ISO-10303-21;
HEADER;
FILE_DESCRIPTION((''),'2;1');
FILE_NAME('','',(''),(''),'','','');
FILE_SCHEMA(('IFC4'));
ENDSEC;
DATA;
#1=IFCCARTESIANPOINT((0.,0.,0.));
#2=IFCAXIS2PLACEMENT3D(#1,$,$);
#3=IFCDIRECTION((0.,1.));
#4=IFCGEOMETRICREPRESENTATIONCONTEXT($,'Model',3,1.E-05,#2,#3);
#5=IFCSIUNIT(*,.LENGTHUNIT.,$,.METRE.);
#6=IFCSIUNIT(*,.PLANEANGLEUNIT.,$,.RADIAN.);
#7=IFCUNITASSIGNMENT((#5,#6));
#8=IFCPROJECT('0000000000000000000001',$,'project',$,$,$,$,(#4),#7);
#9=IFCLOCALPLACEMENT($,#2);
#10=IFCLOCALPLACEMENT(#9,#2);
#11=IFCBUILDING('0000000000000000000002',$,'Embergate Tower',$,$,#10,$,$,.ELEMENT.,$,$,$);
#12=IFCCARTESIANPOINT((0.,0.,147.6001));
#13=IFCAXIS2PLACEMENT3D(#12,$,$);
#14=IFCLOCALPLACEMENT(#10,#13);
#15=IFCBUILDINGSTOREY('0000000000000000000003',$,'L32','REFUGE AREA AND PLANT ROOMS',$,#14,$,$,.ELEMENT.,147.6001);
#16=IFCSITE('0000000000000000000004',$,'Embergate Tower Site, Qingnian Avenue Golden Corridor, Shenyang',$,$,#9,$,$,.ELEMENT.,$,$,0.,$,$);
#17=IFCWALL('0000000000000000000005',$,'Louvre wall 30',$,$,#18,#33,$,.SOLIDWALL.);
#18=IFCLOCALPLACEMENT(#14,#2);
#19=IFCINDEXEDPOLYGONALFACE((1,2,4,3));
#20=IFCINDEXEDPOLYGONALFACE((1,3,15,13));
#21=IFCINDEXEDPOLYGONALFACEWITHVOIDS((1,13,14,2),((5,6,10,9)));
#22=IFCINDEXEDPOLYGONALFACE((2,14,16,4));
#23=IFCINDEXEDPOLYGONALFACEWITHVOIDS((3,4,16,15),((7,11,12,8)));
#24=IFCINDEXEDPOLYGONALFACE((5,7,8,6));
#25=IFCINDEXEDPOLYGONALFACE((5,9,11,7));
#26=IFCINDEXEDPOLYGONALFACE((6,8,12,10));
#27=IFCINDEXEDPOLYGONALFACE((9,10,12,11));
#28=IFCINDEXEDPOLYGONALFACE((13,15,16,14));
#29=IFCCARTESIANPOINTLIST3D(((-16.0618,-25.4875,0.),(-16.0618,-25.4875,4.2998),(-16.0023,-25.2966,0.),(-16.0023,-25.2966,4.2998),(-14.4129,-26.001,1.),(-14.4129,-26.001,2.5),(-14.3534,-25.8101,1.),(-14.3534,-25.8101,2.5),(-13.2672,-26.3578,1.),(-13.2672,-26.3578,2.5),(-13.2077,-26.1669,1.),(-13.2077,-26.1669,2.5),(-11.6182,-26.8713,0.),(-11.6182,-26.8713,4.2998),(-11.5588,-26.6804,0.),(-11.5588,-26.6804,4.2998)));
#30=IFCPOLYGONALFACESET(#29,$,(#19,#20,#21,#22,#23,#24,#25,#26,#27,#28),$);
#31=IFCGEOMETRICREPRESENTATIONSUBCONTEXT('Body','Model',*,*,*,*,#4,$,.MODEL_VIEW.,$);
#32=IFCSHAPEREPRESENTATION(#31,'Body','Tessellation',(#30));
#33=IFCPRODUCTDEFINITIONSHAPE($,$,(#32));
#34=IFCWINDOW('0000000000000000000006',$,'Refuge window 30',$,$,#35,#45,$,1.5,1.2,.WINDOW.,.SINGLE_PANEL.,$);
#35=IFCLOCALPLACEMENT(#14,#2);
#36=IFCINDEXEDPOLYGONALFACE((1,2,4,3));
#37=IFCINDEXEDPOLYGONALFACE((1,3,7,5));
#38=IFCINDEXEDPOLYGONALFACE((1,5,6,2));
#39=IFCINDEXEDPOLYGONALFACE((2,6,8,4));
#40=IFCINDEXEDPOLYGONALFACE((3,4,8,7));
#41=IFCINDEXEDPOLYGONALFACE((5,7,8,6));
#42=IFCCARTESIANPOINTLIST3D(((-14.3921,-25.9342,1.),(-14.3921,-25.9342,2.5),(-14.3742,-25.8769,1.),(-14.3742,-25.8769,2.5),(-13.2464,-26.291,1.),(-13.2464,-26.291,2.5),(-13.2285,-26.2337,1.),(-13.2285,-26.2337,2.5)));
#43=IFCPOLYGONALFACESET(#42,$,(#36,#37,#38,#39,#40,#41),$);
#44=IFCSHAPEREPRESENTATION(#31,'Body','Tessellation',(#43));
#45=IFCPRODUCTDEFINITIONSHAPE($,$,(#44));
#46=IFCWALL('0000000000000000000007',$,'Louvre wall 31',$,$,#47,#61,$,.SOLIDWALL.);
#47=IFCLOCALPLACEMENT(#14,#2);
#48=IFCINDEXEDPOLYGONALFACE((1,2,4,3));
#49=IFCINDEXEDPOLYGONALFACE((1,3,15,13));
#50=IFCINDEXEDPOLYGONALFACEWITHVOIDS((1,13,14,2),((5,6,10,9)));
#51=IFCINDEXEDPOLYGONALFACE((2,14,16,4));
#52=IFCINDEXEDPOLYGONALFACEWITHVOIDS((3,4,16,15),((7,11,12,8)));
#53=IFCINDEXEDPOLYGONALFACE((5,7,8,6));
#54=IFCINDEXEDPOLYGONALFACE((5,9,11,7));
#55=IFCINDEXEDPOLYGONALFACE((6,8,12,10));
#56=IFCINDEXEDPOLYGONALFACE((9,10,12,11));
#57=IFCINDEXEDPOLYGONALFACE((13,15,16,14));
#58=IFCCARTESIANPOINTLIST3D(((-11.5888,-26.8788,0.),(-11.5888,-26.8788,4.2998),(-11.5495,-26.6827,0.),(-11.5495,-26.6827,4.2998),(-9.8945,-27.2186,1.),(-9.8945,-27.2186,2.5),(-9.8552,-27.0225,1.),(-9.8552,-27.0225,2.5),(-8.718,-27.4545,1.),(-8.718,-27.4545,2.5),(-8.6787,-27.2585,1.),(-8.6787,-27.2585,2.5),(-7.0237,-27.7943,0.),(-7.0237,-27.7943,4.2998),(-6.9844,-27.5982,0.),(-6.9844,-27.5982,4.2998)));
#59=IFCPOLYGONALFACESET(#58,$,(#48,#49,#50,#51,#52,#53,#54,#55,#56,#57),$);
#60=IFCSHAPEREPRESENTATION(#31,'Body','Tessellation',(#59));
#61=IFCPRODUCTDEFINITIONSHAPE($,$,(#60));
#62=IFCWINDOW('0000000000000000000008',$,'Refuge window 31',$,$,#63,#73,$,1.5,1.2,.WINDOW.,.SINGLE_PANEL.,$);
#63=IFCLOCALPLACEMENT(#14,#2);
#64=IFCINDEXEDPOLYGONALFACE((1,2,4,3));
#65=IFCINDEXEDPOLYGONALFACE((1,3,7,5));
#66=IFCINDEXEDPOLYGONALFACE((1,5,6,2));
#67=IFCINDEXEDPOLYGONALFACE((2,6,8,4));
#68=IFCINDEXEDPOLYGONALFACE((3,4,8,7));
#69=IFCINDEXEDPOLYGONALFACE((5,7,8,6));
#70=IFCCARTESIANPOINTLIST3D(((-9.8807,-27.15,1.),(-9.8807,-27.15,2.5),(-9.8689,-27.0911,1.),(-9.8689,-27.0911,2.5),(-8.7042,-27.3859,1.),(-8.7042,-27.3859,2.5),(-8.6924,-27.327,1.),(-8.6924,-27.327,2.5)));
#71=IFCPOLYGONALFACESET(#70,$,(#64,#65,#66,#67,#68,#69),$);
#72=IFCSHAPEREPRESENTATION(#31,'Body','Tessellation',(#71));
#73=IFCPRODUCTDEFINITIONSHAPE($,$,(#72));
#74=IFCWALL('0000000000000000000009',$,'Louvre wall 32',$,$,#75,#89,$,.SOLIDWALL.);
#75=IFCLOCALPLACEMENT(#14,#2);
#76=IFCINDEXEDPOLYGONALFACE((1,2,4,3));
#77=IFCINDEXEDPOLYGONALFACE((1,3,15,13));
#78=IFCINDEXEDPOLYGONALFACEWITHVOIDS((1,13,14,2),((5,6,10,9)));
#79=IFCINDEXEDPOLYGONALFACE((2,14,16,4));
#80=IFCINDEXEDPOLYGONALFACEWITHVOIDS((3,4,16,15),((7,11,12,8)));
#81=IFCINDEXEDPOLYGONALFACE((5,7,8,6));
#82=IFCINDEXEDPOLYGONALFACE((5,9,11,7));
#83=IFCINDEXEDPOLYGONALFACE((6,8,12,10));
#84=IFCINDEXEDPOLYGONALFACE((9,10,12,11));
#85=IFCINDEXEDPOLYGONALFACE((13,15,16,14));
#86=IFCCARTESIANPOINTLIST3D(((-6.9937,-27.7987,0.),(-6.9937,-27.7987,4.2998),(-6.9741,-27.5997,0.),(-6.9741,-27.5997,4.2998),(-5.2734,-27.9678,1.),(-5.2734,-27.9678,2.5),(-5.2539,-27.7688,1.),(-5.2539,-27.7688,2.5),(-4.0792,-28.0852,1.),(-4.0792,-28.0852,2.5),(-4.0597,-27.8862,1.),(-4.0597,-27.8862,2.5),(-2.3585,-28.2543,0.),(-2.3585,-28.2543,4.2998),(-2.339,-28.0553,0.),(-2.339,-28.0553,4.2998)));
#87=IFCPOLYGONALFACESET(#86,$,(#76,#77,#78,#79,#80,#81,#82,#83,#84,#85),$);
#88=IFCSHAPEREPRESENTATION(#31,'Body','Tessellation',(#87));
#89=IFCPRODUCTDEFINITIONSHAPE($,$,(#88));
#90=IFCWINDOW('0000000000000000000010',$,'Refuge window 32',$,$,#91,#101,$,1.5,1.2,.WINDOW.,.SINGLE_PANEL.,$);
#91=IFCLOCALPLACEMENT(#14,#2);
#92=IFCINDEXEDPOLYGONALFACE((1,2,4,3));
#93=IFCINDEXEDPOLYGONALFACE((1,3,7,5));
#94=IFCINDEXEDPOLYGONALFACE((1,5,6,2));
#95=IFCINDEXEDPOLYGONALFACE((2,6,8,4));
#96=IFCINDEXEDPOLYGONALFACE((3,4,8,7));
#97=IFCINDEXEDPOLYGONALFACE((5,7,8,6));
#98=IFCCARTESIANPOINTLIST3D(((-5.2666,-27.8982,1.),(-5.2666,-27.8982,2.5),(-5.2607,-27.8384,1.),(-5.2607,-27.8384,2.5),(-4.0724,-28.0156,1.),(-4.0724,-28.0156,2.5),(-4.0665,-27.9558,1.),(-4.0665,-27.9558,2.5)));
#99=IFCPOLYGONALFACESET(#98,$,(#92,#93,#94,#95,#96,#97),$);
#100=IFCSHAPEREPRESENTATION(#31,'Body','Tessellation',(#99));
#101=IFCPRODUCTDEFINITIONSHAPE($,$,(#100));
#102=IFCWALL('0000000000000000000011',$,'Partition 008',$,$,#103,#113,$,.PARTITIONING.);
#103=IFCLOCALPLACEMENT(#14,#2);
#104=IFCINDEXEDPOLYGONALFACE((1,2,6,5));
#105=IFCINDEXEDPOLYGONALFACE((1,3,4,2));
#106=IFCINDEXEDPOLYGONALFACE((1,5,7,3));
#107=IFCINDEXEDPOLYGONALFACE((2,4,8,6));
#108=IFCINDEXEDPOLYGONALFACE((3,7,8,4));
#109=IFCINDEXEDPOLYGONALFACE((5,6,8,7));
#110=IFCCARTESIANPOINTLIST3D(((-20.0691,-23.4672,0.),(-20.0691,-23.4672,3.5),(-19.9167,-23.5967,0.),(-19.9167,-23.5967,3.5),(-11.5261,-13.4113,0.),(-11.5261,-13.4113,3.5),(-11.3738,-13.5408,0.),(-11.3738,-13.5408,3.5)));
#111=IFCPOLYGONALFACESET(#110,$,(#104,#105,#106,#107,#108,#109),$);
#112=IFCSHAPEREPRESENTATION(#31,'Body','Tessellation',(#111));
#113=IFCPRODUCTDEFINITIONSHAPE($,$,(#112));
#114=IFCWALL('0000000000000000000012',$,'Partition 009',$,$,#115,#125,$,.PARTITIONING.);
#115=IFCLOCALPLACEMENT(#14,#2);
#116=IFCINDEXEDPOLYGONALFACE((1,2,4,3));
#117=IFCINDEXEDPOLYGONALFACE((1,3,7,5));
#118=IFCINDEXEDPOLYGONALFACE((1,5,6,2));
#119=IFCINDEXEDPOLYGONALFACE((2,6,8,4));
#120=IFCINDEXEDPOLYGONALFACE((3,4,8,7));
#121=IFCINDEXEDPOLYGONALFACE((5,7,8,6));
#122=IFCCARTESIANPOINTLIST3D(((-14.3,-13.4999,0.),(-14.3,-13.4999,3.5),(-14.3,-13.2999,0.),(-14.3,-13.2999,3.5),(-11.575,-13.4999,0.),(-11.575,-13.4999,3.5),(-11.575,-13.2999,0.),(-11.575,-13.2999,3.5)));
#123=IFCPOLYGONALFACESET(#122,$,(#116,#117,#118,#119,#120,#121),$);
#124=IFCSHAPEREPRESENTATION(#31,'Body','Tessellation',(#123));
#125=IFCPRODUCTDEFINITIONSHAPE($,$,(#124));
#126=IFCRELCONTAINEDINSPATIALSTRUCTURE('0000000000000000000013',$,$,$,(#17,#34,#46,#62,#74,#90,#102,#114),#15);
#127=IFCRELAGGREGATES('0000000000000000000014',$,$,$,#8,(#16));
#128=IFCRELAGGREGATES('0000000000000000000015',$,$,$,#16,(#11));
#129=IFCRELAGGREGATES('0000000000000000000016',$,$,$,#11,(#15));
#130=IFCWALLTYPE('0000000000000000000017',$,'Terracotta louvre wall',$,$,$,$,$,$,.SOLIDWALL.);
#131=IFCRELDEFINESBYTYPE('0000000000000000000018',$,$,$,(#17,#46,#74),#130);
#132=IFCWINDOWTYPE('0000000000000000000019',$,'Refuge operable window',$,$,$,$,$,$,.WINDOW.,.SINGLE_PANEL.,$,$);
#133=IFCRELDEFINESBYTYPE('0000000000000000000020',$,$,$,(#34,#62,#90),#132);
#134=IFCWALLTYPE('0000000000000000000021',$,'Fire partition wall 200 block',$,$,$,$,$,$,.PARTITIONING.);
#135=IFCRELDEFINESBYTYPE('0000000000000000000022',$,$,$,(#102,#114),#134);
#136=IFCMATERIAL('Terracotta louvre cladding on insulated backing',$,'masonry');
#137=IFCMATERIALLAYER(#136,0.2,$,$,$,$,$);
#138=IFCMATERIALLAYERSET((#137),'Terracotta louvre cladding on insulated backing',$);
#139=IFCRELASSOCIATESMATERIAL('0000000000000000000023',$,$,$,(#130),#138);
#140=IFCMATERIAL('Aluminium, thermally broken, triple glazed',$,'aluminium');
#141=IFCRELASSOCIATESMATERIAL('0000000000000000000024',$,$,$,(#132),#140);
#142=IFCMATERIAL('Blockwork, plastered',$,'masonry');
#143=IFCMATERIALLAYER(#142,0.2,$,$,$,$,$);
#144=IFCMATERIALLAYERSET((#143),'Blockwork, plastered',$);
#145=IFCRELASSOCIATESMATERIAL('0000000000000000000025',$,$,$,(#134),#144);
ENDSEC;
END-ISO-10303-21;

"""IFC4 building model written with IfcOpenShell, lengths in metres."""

from ifc_helpers import new_model, si_unit, direction, frame, frame_2d, origin, place, context, subcontext, project, spatial, rectangle, extrude, source, transform, mapped, material, layer, layer_set, type_object, element, fill, save


model = new_model("IFC4")

# Units and contexts
model_context = context("Model", 3, precision=1e-05, world=origin(), true_north=direction((0.0, 1.0)))
body_context = subcontext(model_context, "Body", "Model", "MODEL_VIEW")
ifc_project = project(units=[si_unit("LENGTHUNIT", "METRE"), si_unit("PLANEANGLEUNIT", "RADIAN")], contexts=[model_context])

# Site, building, storey
site_placement = place(None, origin())
site = spatial("IfcSite", under=ifc_project, at=site_placement, Name="Embergate Tower Site, Qingnian Avenue Golden Corridor, Shenyang", CompositionType="ELEMENT", RefElevation=0.0)
building_placement = place(site_placement, origin())
building = spatial("IfcBuilding", under=site, at=building_placement, Name="Embergate Tower", CompositionType="ELEMENT")
storey_placement = place(building_placement, frame((0.0, 0.0, 147.6001)))
storey = spatial("IfcBuildingStorey", under=building, at=storey_placement, Name="L32", Description="REFUGE AREA AND PLANT ROOMS", CompositionType="ELEMENT", Elevation=147.6001)

# Walls, openings, windows
ifc_material_1 = material(Name="Terracotta louvre cladding on insulated backing", Category="masonry")
ifc_layer_1 = layer(ifc_material_1, 0.2)
ifc_layer_set_1 = layer_set([ifc_layer_1], Name="Terracotta louvre cladding on insulated backing")
wall_type_1 = type_object("IfcWallType", Name="Terracotta louvre wall", PredefinedType="SOLIDWALL", material=ifc_layer_set_1)
shared_shape_1 = source(origin(), body_context, "Body", "SweptSolid", [
    extrude(rectangle(XDim=4.6541, YDim=0.2, at=frame_2d((2.3271, 0.0))), origin(), (0.0, 0.0, 1.0), 4.2998),
])
wall_1_placement = place(storey_placement, frame((-11.5884, -26.7759, 0.0), z_axis=(0.0, 0.0, 1.0), x_axis=(-0.954775, 0.297328, 0.0)))
wall_1 = element("IfcWall", 1, at=wall_1_placement, inside=storey, type_object=wall_type_1, Name="Louvre wall 30", PredefinedType="SOLIDWALL", context=body_context, shape_type="MappedRepresentation", body=[
    mapped(shared_shape_1, transform((0.0, 0.0, 0.0))),
])
shared_shape_2 = source(origin(), body_context, "Body", "SweptSolid", [
    extrude(rectangle(XDim=1.2, YDim=1.5, at=frame_2d((0.6001, 0.75))), frame((0.0, 0.1099, 0.0), z_axis=(0.0, -1.0, 0.0), x_axis=(1.0, 0.0, 0.0)), (0.0, 0.0, 1.0), 0.22),
])
opening_1_placement = place(wall_1_placement, frame((1.7271, 0.0, 1.0)))
opening_1 = element("IfcOpeningElement", 2, at=opening_1_placement, cuts=wall_1, PredefinedType="OPENING", context=body_context, shape_type="MappedRepresentation", body=[
    mapped(shared_shape_2, transform((0.0, 0.0, 0.0))),
])
ifc_material_2 = material(Name="Aluminium, thermally broken, triple glazed", Category="aluminium")
window_type = type_object("IfcWindowType", Name="Refuge operable window", PartitioningType="SINGLE_PANEL", PredefinedType="WINDOW", material=ifc_material_2)
shared_shape_3 = source(origin(), body_context, "Body", "SweptSolid", [
    extrude(rectangle(XDim=1.2, YDim=1.5, at=frame_2d((0.6001, 0.75))), frame((0.0, 0.03, 0.0), z_axis=(0.0, -1.0, 0.0), x_axis=(1.0, 0.0, 0.0)), (0.0, 0.0, 1.0), 0.0601),
])
window_1_placement = place(opening_1_placement, origin())
window_1 = element("IfcWindow", 3, at=window_1_placement, inside=storey, type_object=window_type, Name="Refuge window 30", OverallHeight=1.5, OverallWidth=1.2, PartitioningType="SINGLE_PANEL", PredefinedType="WINDOW", context=body_context, shape_type="MappedRepresentation", body=[
    mapped(shared_shape_3, transform((0.0, 0.0, 0.0))),
])
fill(opening_1, window_1)
shared_shape_4 = source(origin(), body_context, "Body", "SweptSolid", [
    extrude(rectangle(XDim=4.656, YDim=0.2, at=frame_2d((2.3281, 0.0))), origin(), (0.0, 0.0, 1.0), 4.2998),
])
wall_2_placement = place(storey_placement, frame((-7.0039, -27.6963, 0.0), z_axis=(0.0, 0.0, 1.0), x_axis=(-0.980478, 0.19663, 0.0)))
wall_2 = element("IfcWall", 4, at=wall_2_placement, inside=storey, type_object=wall_type_1, Name="Louvre wall 31", PredefinedType="SOLIDWALL", context=body_context, shape_type="MappedRepresentation", body=[
    mapped(shared_shape_4, transform((0.0, 0.0, 0.0))),
])
opening_2_placement = place(wall_2_placement, frame((1.728, 0.0, 1.0)))
opening_2 = element("IfcOpeningElement", 5, at=opening_2_placement, cuts=wall_2, PredefinedType="OPENING", context=body_context, shape_type="MappedRepresentation", body=[
    mapped(shared_shape_2, transform((0.0, 0.0, 0.0))),
])
window_2_placement = place(opening_2_placement, origin())
window_2 = element("IfcWindow", 6, at=window_2_placement, inside=storey, type_object=window_type, Name="Refuge window 31", OverallHeight=1.5, OverallWidth=1.2, PartitioningType="SINGLE_PANEL", PredefinedType="WINDOW", context=body_context, shape_type="MappedRepresentation", body=[
    mapped(shared_shape_3, transform((0.0, 0.0, 0.0))),
])
fill(opening_2, window_2)
shared_shape_5 = source(origin(), body_context, "Body", "SweptSolid", [
    extrude(rectangle(XDim=4.6575, YDim=0.2, at=frame_2d((2.3286, 0.0))), origin(), (0.0, 0.0, 1.0), 4.2998),
])
wall_3_placement = place(storey_placement, frame((-2.3489, -28.1548, 0.0), z_axis=(0.0, 0.0, 1.0), x_axis=(-0.995205, 0.097812, 0.0)))
wall_3 = element("IfcWall", 7, at=wall_3_placement, inside=storey, type_object=wall_type_1, Name="Louvre wall 32", PredefinedType="SOLIDWALL", context=body_context, shape_type="MappedRepresentation", body=[
    mapped(shared_shape_5, transform((0.0, 0.0, 0.0))),
])
opening_3_placement = place(wall_3_placement, frame((1.7288, 0.0, 1.0)))
opening_3 = element("IfcOpeningElement", 8, at=opening_3_placement, cuts=wall_3, PredefinedType="OPENING", context=body_context, shape_type="MappedRepresentation", body=[
    mapped(shared_shape_2, transform((0.0, 0.0, 0.0))),
])
window_3_placement = place(opening_3_placement, origin())
window_3 = element("IfcWindow", 9, at=window_3_placement, inside=storey, type_object=window_type, Name="Refuge window 32", OverallHeight=1.5, OverallWidth=1.2, PartitioningType="SINGLE_PANEL", PredefinedType="WINDOW", context=body_context, shape_type="MappedRepresentation", body=[
    mapped(shared_shape_3, transform((0.0, 0.0, 0.0))),
])
fill(opening_3, window_3)

# Walls
ifc_material_3 = material(Name="Blockwork, plastered", Category="masonry")
ifc_layer_2 = layer(ifc_material_3, 0.2)
ifc_layer_set_2 = layer_set([ifc_layer_2], Name="Blockwork, plastered")
wall_type_2 = type_object("IfcWallType", Name="Fire partition wall 200 block", PredefinedType="PARTITIONING", material=ifc_layer_set_2)
shared_shape_6 = source(origin(), body_context, "Body", "SweptSolid", [
    extrude(rectangle(XDim=13.1948, YDim=0.2, at=frame_2d((6.5974, 0.0))), origin(), (0.0, 0.0, 1.0), 3.5),
])
wall_4_placement = place(storey_placement, frame((-11.45, -13.4761, 0.0), z_axis=(0.0, 0.0, 1.0), x_axis=(-0.647448, -0.76211, 0.0)))
element("IfcWall", 10, at=wall_4_placement, inside=storey, type_object=wall_type_2, Name="Partition 008", PredefinedType="PARTITIONING", context=body_context, shape_type="MappedRepresentation", body=[
    mapped(shared_shape_6, transform((0.0, 0.0, 0.0))),
])
shared_shape_7 = source(origin(), body_context, "Body", "SweptSolid", [
    extrude(rectangle(XDim=2.7251, YDim=0.2, at=frame_2d((1.3625, 0.0))), origin(), (0.0, 0.0, 1.0), 3.5),
])
wall_5_placement = place(storey_placement, frame((-11.575, -13.3999, 0.0), z_axis=(0.0, 0.0, 1.0), x_axis=(-1.0, 0.0, 0.0)))
element("IfcWall", 11, at=wall_5_placement, inside=storey, type_object=wall_type_2, Name="Partition 009", PredefinedType="PARTITIONING", context=body_context, shape_type="MappedRepresentation", body=[
    mapped(shared_shape_7, transform((0.0, 0.0, 0.0))),
])

save(model, "model.ifc")
